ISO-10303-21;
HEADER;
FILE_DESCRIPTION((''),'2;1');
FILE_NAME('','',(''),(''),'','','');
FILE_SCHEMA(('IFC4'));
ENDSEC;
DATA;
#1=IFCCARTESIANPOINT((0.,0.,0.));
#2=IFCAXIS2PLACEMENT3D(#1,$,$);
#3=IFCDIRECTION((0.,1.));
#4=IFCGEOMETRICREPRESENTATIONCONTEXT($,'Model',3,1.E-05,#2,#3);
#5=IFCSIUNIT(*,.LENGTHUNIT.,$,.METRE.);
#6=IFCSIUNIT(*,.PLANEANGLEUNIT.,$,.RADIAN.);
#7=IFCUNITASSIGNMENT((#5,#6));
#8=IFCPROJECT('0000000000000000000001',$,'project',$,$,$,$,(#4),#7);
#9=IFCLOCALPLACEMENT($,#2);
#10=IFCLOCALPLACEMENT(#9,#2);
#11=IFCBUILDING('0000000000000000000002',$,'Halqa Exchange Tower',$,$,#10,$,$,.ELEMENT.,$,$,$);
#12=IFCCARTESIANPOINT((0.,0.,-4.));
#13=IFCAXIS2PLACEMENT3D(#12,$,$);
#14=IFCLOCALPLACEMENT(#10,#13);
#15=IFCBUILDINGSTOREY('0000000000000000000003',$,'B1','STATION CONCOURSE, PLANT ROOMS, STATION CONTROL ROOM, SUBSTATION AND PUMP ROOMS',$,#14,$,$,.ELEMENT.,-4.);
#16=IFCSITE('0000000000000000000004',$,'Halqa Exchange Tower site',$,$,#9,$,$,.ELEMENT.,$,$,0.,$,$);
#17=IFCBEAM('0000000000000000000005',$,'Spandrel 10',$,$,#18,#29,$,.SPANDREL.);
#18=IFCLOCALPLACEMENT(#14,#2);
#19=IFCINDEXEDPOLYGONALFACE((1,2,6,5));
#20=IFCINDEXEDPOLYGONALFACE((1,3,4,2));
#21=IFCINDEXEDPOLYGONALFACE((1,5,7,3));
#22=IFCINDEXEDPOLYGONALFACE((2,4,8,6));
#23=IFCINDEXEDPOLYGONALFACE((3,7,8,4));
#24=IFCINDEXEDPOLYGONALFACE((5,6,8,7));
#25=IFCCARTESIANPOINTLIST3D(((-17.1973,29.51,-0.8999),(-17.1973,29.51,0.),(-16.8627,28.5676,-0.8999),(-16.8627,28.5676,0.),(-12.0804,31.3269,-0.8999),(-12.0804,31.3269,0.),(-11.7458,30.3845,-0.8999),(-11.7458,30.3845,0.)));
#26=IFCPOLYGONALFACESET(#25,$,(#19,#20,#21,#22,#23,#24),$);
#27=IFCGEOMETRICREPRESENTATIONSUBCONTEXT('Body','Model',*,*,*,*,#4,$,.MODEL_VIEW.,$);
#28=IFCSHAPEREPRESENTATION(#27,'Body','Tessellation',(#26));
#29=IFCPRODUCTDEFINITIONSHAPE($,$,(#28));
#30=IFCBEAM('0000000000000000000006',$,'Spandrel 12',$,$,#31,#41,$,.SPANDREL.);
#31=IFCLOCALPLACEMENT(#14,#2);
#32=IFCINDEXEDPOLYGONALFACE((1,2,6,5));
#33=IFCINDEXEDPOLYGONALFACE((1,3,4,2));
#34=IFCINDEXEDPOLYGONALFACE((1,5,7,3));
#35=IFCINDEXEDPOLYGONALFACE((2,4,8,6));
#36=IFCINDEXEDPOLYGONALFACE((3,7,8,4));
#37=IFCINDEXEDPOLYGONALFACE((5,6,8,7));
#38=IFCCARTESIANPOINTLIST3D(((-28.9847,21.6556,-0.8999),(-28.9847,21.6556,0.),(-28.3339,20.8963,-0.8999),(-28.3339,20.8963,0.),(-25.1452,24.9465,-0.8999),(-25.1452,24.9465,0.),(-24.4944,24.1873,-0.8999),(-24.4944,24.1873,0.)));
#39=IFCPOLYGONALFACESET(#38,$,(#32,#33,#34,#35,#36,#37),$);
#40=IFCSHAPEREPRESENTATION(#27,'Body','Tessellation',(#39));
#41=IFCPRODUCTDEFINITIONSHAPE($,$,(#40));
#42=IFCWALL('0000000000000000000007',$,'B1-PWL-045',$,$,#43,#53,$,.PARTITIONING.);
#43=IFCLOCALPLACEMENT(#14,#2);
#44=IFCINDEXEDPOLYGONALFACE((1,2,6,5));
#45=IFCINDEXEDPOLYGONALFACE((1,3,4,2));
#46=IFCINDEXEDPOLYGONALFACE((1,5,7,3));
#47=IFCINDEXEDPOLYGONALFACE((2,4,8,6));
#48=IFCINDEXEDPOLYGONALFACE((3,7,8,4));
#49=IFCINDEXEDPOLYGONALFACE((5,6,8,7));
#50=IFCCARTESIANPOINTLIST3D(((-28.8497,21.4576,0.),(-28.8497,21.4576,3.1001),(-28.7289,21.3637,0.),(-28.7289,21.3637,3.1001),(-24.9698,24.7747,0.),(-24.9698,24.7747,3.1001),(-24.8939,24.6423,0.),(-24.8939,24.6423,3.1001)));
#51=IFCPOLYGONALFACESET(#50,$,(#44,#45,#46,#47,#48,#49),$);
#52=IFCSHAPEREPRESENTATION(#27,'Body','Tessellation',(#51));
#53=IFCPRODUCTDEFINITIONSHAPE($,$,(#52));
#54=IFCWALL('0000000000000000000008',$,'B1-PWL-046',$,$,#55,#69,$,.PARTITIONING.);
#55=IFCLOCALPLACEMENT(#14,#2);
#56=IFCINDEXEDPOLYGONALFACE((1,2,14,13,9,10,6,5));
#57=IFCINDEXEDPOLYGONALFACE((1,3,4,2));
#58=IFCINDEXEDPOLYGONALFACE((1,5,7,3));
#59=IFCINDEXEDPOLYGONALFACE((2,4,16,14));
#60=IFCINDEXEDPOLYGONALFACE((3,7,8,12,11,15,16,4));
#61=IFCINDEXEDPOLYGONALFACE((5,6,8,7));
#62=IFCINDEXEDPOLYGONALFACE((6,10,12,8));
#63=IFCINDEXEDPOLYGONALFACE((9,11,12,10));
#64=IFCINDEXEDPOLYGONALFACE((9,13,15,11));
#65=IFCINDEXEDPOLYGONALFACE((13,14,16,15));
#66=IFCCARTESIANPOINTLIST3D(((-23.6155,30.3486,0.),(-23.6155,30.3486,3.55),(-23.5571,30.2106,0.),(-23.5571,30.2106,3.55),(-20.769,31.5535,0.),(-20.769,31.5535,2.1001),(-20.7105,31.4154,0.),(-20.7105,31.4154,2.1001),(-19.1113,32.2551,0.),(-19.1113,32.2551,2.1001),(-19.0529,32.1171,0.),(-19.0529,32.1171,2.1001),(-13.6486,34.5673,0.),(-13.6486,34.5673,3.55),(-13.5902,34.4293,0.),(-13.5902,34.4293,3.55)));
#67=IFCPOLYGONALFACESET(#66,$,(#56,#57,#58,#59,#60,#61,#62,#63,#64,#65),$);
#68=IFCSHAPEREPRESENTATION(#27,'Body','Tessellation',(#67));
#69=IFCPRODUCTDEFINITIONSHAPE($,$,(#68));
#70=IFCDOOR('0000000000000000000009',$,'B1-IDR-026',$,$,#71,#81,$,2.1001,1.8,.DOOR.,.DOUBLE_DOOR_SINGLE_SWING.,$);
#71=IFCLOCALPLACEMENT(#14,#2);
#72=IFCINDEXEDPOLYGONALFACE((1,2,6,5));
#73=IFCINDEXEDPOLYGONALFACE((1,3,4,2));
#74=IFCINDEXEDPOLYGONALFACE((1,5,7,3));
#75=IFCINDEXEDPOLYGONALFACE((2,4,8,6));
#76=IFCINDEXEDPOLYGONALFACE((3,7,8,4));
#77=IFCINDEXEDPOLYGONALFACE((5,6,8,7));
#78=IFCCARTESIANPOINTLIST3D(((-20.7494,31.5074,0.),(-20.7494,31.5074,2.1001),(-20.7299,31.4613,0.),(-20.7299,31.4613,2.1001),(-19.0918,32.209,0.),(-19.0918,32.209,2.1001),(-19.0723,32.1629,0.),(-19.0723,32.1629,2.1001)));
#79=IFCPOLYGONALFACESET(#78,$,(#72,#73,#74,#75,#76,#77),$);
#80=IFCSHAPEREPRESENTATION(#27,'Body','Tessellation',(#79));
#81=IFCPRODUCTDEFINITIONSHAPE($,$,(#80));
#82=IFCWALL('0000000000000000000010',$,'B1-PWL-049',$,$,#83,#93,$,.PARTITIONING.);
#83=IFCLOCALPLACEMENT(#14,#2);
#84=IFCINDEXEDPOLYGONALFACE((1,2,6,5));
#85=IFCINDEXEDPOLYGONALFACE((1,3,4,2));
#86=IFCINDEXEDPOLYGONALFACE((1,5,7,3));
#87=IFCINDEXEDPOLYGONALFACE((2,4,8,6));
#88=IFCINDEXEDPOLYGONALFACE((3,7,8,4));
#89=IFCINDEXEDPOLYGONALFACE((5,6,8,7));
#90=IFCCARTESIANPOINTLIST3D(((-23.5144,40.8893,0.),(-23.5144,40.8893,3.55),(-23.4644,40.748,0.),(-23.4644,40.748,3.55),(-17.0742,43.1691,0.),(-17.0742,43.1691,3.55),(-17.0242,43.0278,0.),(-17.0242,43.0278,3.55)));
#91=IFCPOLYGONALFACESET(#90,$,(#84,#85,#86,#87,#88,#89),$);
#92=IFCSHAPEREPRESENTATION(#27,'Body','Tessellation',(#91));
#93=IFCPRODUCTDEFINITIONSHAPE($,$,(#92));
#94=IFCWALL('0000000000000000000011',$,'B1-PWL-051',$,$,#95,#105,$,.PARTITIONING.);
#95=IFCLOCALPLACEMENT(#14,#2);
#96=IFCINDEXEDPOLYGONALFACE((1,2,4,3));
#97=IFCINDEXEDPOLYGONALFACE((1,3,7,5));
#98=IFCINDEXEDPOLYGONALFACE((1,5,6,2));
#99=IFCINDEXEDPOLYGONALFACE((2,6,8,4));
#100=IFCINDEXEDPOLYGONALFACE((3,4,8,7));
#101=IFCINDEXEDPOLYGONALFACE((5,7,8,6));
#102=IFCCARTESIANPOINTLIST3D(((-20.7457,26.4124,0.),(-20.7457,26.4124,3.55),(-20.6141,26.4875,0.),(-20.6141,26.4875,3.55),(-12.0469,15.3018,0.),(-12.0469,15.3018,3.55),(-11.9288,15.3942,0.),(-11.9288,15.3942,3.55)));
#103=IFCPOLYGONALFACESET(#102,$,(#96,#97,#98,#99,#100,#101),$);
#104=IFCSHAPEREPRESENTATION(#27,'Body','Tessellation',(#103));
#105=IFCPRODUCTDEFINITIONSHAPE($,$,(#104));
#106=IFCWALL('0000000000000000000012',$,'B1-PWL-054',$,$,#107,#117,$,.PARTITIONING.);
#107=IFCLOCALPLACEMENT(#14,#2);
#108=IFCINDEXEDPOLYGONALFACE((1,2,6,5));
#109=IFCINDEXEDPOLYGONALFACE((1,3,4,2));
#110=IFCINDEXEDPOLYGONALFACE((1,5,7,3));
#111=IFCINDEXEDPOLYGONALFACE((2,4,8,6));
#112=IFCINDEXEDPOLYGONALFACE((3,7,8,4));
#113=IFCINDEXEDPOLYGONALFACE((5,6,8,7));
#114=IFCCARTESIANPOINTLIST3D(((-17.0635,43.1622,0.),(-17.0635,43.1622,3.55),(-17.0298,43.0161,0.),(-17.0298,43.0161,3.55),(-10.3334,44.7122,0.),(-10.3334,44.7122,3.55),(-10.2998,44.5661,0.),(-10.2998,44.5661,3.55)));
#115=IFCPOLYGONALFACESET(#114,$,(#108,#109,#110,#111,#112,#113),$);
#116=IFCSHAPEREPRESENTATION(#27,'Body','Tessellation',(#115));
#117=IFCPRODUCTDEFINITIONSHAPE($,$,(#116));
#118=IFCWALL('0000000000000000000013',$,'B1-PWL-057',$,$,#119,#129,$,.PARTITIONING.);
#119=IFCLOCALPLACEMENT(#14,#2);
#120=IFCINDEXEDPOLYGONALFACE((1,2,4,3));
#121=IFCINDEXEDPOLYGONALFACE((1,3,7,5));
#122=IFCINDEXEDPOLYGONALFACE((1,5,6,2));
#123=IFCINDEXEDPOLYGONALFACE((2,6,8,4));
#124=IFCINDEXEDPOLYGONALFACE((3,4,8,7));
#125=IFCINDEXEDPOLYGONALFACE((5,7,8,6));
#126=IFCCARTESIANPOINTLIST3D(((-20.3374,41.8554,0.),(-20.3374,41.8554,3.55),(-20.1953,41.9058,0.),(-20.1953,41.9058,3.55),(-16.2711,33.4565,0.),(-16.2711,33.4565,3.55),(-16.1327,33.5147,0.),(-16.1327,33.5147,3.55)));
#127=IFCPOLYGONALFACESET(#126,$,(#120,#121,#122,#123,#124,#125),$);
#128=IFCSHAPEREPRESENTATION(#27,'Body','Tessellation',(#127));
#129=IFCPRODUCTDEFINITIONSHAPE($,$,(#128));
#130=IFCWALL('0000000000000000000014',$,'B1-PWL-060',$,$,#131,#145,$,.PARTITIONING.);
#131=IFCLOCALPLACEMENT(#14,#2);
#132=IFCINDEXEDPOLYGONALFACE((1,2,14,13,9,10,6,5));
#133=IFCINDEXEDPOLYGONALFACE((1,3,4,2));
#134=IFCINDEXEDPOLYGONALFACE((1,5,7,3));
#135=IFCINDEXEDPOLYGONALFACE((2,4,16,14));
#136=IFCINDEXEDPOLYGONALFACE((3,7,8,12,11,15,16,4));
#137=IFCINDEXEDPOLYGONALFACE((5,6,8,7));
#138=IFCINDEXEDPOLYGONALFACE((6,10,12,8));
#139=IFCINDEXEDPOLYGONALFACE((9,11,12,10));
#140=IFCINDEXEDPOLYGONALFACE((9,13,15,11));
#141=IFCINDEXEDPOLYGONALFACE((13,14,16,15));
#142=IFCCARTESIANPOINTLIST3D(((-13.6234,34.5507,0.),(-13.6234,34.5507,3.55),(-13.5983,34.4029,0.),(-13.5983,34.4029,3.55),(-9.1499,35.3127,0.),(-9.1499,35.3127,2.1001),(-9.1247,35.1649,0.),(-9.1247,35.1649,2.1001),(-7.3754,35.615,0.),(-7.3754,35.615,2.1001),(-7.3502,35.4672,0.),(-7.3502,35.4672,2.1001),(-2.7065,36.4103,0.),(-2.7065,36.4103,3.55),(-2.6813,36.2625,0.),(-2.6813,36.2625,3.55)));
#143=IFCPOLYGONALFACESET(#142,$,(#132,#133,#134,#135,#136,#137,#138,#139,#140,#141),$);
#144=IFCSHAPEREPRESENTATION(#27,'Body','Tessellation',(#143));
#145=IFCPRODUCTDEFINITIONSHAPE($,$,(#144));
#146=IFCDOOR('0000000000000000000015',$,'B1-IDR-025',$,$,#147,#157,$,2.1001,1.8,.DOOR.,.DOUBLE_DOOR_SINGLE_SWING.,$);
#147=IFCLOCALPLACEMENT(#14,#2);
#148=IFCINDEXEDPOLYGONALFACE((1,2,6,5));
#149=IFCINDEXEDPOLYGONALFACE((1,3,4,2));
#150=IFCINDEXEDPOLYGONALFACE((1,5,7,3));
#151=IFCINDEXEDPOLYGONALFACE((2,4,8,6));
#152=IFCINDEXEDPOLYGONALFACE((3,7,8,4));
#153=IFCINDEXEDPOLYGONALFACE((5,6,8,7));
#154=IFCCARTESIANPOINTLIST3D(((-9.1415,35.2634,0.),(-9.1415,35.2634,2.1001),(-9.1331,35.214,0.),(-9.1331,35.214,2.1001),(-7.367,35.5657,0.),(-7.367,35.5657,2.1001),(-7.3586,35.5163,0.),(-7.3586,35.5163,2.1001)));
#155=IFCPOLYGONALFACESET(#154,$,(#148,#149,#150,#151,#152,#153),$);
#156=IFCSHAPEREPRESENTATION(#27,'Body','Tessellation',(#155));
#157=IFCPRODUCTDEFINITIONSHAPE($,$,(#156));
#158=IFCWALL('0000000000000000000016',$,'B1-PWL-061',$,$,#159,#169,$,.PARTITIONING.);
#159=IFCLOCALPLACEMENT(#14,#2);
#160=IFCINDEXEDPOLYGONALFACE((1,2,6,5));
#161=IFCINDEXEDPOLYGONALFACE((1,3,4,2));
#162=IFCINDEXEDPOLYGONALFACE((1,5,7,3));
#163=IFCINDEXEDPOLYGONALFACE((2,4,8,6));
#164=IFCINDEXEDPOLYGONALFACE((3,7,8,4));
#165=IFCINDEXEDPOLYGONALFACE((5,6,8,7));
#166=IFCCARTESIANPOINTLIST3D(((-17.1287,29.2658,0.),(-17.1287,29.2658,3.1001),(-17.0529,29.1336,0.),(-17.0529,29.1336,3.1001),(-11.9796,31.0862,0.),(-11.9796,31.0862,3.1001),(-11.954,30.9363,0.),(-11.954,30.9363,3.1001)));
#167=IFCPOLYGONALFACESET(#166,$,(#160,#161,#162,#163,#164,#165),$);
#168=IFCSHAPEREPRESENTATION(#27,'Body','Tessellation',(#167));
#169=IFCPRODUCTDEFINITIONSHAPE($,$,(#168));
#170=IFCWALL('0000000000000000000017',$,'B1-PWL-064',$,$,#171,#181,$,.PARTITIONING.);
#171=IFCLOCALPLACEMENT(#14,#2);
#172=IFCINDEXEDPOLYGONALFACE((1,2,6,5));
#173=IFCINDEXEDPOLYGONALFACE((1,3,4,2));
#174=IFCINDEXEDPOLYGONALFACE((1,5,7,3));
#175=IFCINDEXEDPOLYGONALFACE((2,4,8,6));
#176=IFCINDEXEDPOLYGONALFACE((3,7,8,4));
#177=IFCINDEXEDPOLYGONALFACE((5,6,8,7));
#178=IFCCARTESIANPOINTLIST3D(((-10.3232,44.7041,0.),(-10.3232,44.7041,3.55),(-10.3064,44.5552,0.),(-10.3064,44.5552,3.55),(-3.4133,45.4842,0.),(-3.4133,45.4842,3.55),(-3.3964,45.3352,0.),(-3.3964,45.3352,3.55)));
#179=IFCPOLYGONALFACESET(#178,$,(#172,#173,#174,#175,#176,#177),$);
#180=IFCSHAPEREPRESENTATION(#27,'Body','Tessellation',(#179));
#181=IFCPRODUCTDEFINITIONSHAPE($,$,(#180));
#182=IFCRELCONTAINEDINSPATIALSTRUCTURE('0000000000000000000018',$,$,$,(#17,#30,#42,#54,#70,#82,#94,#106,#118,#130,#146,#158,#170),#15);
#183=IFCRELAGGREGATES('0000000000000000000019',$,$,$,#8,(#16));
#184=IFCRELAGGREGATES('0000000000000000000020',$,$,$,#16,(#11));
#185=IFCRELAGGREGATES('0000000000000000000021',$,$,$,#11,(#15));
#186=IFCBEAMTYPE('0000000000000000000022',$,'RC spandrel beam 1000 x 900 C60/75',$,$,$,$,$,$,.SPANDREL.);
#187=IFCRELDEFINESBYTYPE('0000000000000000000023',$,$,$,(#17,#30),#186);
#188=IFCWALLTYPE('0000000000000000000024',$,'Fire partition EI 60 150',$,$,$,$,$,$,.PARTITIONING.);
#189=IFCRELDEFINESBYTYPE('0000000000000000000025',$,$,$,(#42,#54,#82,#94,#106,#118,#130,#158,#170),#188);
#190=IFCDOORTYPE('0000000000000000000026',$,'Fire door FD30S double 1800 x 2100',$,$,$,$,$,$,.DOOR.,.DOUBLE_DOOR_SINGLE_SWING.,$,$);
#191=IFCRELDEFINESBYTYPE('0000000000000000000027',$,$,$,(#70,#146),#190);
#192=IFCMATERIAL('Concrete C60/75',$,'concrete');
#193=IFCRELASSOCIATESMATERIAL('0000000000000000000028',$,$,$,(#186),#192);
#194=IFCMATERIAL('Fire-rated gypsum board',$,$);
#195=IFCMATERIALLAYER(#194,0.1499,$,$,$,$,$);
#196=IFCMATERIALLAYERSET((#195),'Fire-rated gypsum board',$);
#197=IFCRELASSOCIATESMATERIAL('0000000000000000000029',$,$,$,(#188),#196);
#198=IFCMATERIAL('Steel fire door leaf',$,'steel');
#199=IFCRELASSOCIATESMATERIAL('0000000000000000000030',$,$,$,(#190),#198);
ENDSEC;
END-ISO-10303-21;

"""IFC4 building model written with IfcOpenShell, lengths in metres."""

from ifc_helpers import new_model, si_unit, direction, frame, frame_2d, origin, origin_2d, place, context, subcontext, project, spatial, polyline, rectangle, outline, extrude, material, layer, layer_set, material_profile, profile_set, type_object, element, fill, save


model = new_model("IFC4")

# Units and contexts
model_context = context("Model", 3, precision=1e-05, world=origin(), true_north=direction((0.0, 1.0)))
body_context = subcontext(model_context, "Body", "Model", "MODEL_VIEW")
ifc_project = project(units=[si_unit("LENGTHUNIT", "METRE"), si_unit("PLANEANGLEUNIT", "RADIAN")], contexts=[model_context])

# Site, building, storey
site_placement = place(None, origin())
site = spatial("IfcSite", under=ifc_project, at=site_placement, Name="Halqa Exchange Tower site", CompositionType="ELEMENT", RefElevation=0.0)
building_placement = place(site_placement, origin())
building = spatial("IfcBuilding", under=site, at=building_placement, Name="Halqa Exchange Tower", CompositionType="ELEMENT")
storey_placement = place(building_placement, frame((0.0, 0.0, -4.0)))
storey = spatial("IfcBuildingStorey", under=building, at=storey_placement, Name="B1", Description="STATION CONCOURSE, PLANT ROOMS, STATION CONTROL ROOM, SUBSTATION AND PUMP ROOMS", CompositionType="ELEMENT", Elevation=-4.0)

# Shared definitions
ifc_material_1 = material(Name="Concrete C60/75", Category="concrete")

# Beams
ifc_material_profile_1 = material_profile(ifc_material_1, rectangle(XDim=1.0, YDim=0.8999, at=origin_2d()), Name="1000 x 900")
ifc_profile_set_1 = profile_set([ifc_material_profile_1], Name="Concrete C60/75")
beam_type_1 = type_object("IfcBeamType", Name="RC spandrel beam 1000 x 900 C60/75", PredefinedType="SPANDREL", material=ifc_profile_set_1)
beam_1_placement = place(storey_placement, frame((-11.9131, 30.8557, -0.45), z_axis=(-0.942358, -0.334607, 0.0), x_axis=(0.334607, -0.942358, 0.0)))
element("IfcBeam", 1, at=beam_1_placement, inside=storey, type_object=beam_type_1, Name="Spandrel 10", PredefinedType="SPANDREL", context=body_context, shape_type="SweptSolid", body=[
    extrude(rectangle(XDim=1.0, YDim=0.8999, at=origin_2d()), origin(), (0.0, 0.0, 1.0), 5.4299),
])
beam_2_placement = place(storey_placement, frame((-24.8198, 24.5669, -0.45), z_axis=(-0.759263, -0.650783, 0.0), x_axis=(0.650783, -0.759263, 0.0)))
element("IfcBeam", 2, at=beam_2_placement, inside=storey, type_object=beam_type_1, Name="Spandrel 12", PredefinedType="SPANDREL", context=body_context, shape_type="SweptSolid", body=[
    extrude(rectangle(XDim=1.0, YDim=0.8999, at=origin_2d()), origin(), (0.0, 0.0, 1.0), 5.0569),
])

# Wall
ifc_material_2 = material(Name="Fire-rated gypsum board")
ifc_layer_1 = layer(ifc_material_2, 0.1499)
ifc_layer_set_1 = layer_set([ifc_layer_1], Name="Fire-rated gypsum board")
wall_type_1 = type_object("IfcWallType", Name="Fire partition EI 60 150", PredefinedType="PARTITIONING", material=ifc_layer_set_1)
wall_1_placement = place(storey_placement, frame((-24.9319, 24.7085, 0.0), z_axis=(0.0, 0.0, 1.0), x_axis=(-0.760085, -0.649824, 0.0)))
element("IfcWall", 3, at=wall_1_placement, inside=storey, type_object=wall_type_1, Name="B1-PWL-045", PredefinedType="PARTITIONING", context=body_context, shape_type="SweptSolid", body=[
    extrude(outline(polyline([(-0.0142, -0.075), (5.0903, -0.075), (5.0596, 0.075), (0.0142, 0.075), (-0.0142, -0.075)])), origin(), (0.0, 0.0, 1.0), 3.1001),
])

# Wall, opening, door
wall_2_placement = place(storey_placement, frame((-23.5864, 30.2795, 0.0), z_axis=(0.0, 0.0, 1.0), x_axis=(0.920903, 0.389791, 0.0)))
wall_2 = element("IfcWall", 4, at=wall_2_placement, inside=storey, type_object=wall_type_1, Name="B1-PWL-046", PredefinedType="PARTITIONING", context=body_context, shape_type="SweptSolid", body=[
    extrude(rectangle(XDim=10.823, YDim=0.1499, at=frame_2d((5.4116, 0.0))), origin(), (0.0, 0.0, 1.0), 3.55),
])
opening_1_placement = place(wall_2_placement, frame((3.0913, 0.0, 0.0)))
opening_1 = element("IfcOpeningElement", 5, at=opening_1_placement, cuts=wall_2, PredefinedType="OPENING", context=body_context, shape_type="SweptSolid", body=[
    extrude(rectangle(XDim=1.8, YDim=2.1001, at=frame_2d((0.8999, 1.05))), frame((0.0, 0.0869, 0.0), z_axis=(0.0, -1.0, 0.0), x_axis=(1.0, 0.0, 0.0)), (0.0, 0.0, 1.0), 0.1738),
])
ifc_material_3 = material(Name="Steel fire door leaf", Category="steel")
door_type = type_object("IfcDoorType", Name="Fire door FD30S double 1800 x 2100", OperationType="DOUBLE_DOOR_SINGLE_SWING", PredefinedType="DOOR", material=ifc_material_3)
door_1_placement = place(opening_1_placement, origin())
door_1 = element("IfcDoor", 6, at=door_1_placement, inside=storey, type_object=door_type, Name="B1-IDR-026", OperationType="DOUBLE_DOOR_SINGLE_SWING", OverallHeight=2.1001, OverallWidth=1.8, PredefinedType="DOOR", context=body_context, shape_type="SweptSolid", body=[
    extrude(rectangle(XDim=1.8, YDim=2.1001, at=frame_2d((0.8999, 1.05))), frame((0.0, 0.0249, 0.0), z_axis=(0.0, -1.0, 0.0), x_axis=(1.0, 0.0, 0.0)), (0.0, 0.0, 1.0), 0.05),
])
fill(opening_1, door_1)

# Walls
wall_3_placement = place(storey_placement, frame((-23.4895, 40.8186, 0.0), z_axis=(0.0, 0.0, 1.0), x_axis=(0.942679, 0.333702, 0.0)))
element("IfcWall", 7, at=wall_3_placement, inside=storey, type_object=wall_type_1, Name="B1-PWL-049", PredefinedType="PARTITIONING", context=body_context, shape_type="SweptSolid", body=[
    extrude(rectangle(XDim=6.8318, YDim=0.1499, at=frame_2d((3.416, 0.0))), origin(), (0.0, 0.0, 1.0), 3.55),
])
wall_4_placement = place(storey_placement, frame((-20.6799, 26.45, 0.0), z_axis=(0.0, 0.0, 1.0), x_axis=(0.616466, -0.787382, 0.0)))
element("IfcWall", 8, at=wall_4_placement, inside=storey, type_object=wall_type_1, Name="B1-PWL-051", PredefinedType="PARTITIONING", context=body_context, shape_type="SweptSolid", body=[
    extrude(outline(polyline([(-0.011, -0.075), (14.0999, -0.075), (14.0999, 0.075), (0.011, 0.075), (-0.011, -0.075)])), origin(), (0.0, 0.0, 1.0), 3.55),
])
wall_5_placement = place(storey_placement, frame((-17.0466, 43.0891, 0.0), z_axis=(0.0, 0.0, 1.0), x_axis=(0.974487, 0.224444, 0.0)))
element("IfcWall", 9, at=wall_5_placement, inside=storey, type_object=wall_type_1, Name="B1-PWL-054", PredefinedType="PARTITIONING", context=body_context, shape_type="SweptSolid", body=[
    extrude(rectangle(XDim=6.9062, YDim=0.1499, at=frame_2d((3.4531, 0.0))), origin(), (0.0, 0.0, 1.0), 3.55),
])
wall_6_placement = place(storey_placement, frame((-16.2019, 33.4856, 0.0), z_axis=(0.0, 0.0, 1.0), x_axis=(-0.435765, 0.900061, 0.0)))
element("IfcWall", 10, at=wall_6_placement, inside=storey, type_object=wall_type_1, Name="B1-PWL-057", PredefinedType="PARTITIONING", context=body_context, shape_type="SweptSolid", body=[
    extrude(outline(polyline([(-0.0039, -0.075), (9.3188, -0.075), (9.3354, 0.075), (0.0039, 0.075), (-0.0039, -0.075)])), origin(), (0.0, 0.0, 1.0), 3.55),
])

# Wall, opening, door
wall_7_placement = place(storey_placement, frame((-13.6108, 34.4768, 0.0), z_axis=(0.0, 0.0, 1.0), x_axis=(0.9858, 0.167923, 0.0)))
wall_7 = element("IfcWall", 11, at=wall_7_placement, inside=storey, type_object=wall_type_1, Name="B1-PWL-060", PredefinedType="PARTITIONING", context=body_context, shape_type="SweptSolid", body=[
    extrude(rectangle(XDim=11.0742, YDim=0.1499, at=frame_2d((5.5371, 0.0))), origin(), (0.0, 0.0, 1.0), 3.55),
])
opening_2_placement = place(wall_7_placement, frame((4.5381, 0.0, 0.0)))
opening_2 = element("IfcOpeningElement", 12, at=opening_2_placement, cuts=wall_7, PredefinedType="OPENING", context=body_context, shape_type="SweptSolid", body=[
    extrude(rectangle(XDim=1.8, YDim=2.1001, at=frame_2d((0.8999, 1.05))), frame((0.0, 0.0869, 0.0), z_axis=(0.0, -1.0, 0.0), x_axis=(1.0, 0.0, 0.0)), (0.0, 0.0, 1.0), 0.1738),
])
door_2_placement = place(opening_2_placement, origin())
door_2 = element("IfcDoor", 13, at=door_2_placement, inside=storey, type_object=door_type, Name="B1-IDR-025", OperationType="DOUBLE_DOOR_SINGLE_SWING", OverallHeight=2.1001, OverallWidth=1.8, PredefinedType="DOOR", context=body_context, shape_type="SweptSolid", body=[
    extrude(rectangle(XDim=1.8, YDim=2.1001, at=frame_2d((0.8999, 1.05))), frame((0.0, 0.0249, 0.0), z_axis=(0.0, -1.0, 0.0), x_axis=(1.0, 0.0, 0.0)), (0.0, 0.0, 1.0), 0.05),
])
fill(opening_2, door_2)

# Walls
wall_8_placement = place(storey_placement, frame((-11.9668, 31.0112, 0.0), z_axis=(0.0, 0.0, 1.0), x_axis=(-0.942814, -0.333318, 0.0)))
element("IfcWall", 14, at=wall_8_placement, inside=storey, type_object=wall_type_1, Name="B1-PWL-061", PredefinedType="PARTITIONING", context=body_context, shape_type="SweptSolid", body=[
    extrude(outline(polyline([(-0.0129, -0.075), (5.4485, -0.075), (5.4211, 0.075), (0.0129, 0.075), (-0.0129, -0.075)])), origin(), (0.0, 0.0, 1.0), 3.1001),
])
wall_9_placement = place(storey_placement, frame((-10.3149, 44.6296, 0.0), z_axis=(0.0, 0.0, 1.0), x_axis=(0.993689, 0.112173, 0.0)))
element("IfcWall", 15, at=wall_9_placement, inside=storey, type_object=wall_type_1, Name="B1-PWL-064", PredefinedType="PARTITIONING", context=body_context, shape_type="SweptSolid", body=[
    extrude(rectangle(XDim=6.9539, YDim=0.1499, at=frame_2d((3.4771, 0.0))), origin(), (0.0, 0.0, 1.0), 3.55),
])

save(model, "model.ifc")
